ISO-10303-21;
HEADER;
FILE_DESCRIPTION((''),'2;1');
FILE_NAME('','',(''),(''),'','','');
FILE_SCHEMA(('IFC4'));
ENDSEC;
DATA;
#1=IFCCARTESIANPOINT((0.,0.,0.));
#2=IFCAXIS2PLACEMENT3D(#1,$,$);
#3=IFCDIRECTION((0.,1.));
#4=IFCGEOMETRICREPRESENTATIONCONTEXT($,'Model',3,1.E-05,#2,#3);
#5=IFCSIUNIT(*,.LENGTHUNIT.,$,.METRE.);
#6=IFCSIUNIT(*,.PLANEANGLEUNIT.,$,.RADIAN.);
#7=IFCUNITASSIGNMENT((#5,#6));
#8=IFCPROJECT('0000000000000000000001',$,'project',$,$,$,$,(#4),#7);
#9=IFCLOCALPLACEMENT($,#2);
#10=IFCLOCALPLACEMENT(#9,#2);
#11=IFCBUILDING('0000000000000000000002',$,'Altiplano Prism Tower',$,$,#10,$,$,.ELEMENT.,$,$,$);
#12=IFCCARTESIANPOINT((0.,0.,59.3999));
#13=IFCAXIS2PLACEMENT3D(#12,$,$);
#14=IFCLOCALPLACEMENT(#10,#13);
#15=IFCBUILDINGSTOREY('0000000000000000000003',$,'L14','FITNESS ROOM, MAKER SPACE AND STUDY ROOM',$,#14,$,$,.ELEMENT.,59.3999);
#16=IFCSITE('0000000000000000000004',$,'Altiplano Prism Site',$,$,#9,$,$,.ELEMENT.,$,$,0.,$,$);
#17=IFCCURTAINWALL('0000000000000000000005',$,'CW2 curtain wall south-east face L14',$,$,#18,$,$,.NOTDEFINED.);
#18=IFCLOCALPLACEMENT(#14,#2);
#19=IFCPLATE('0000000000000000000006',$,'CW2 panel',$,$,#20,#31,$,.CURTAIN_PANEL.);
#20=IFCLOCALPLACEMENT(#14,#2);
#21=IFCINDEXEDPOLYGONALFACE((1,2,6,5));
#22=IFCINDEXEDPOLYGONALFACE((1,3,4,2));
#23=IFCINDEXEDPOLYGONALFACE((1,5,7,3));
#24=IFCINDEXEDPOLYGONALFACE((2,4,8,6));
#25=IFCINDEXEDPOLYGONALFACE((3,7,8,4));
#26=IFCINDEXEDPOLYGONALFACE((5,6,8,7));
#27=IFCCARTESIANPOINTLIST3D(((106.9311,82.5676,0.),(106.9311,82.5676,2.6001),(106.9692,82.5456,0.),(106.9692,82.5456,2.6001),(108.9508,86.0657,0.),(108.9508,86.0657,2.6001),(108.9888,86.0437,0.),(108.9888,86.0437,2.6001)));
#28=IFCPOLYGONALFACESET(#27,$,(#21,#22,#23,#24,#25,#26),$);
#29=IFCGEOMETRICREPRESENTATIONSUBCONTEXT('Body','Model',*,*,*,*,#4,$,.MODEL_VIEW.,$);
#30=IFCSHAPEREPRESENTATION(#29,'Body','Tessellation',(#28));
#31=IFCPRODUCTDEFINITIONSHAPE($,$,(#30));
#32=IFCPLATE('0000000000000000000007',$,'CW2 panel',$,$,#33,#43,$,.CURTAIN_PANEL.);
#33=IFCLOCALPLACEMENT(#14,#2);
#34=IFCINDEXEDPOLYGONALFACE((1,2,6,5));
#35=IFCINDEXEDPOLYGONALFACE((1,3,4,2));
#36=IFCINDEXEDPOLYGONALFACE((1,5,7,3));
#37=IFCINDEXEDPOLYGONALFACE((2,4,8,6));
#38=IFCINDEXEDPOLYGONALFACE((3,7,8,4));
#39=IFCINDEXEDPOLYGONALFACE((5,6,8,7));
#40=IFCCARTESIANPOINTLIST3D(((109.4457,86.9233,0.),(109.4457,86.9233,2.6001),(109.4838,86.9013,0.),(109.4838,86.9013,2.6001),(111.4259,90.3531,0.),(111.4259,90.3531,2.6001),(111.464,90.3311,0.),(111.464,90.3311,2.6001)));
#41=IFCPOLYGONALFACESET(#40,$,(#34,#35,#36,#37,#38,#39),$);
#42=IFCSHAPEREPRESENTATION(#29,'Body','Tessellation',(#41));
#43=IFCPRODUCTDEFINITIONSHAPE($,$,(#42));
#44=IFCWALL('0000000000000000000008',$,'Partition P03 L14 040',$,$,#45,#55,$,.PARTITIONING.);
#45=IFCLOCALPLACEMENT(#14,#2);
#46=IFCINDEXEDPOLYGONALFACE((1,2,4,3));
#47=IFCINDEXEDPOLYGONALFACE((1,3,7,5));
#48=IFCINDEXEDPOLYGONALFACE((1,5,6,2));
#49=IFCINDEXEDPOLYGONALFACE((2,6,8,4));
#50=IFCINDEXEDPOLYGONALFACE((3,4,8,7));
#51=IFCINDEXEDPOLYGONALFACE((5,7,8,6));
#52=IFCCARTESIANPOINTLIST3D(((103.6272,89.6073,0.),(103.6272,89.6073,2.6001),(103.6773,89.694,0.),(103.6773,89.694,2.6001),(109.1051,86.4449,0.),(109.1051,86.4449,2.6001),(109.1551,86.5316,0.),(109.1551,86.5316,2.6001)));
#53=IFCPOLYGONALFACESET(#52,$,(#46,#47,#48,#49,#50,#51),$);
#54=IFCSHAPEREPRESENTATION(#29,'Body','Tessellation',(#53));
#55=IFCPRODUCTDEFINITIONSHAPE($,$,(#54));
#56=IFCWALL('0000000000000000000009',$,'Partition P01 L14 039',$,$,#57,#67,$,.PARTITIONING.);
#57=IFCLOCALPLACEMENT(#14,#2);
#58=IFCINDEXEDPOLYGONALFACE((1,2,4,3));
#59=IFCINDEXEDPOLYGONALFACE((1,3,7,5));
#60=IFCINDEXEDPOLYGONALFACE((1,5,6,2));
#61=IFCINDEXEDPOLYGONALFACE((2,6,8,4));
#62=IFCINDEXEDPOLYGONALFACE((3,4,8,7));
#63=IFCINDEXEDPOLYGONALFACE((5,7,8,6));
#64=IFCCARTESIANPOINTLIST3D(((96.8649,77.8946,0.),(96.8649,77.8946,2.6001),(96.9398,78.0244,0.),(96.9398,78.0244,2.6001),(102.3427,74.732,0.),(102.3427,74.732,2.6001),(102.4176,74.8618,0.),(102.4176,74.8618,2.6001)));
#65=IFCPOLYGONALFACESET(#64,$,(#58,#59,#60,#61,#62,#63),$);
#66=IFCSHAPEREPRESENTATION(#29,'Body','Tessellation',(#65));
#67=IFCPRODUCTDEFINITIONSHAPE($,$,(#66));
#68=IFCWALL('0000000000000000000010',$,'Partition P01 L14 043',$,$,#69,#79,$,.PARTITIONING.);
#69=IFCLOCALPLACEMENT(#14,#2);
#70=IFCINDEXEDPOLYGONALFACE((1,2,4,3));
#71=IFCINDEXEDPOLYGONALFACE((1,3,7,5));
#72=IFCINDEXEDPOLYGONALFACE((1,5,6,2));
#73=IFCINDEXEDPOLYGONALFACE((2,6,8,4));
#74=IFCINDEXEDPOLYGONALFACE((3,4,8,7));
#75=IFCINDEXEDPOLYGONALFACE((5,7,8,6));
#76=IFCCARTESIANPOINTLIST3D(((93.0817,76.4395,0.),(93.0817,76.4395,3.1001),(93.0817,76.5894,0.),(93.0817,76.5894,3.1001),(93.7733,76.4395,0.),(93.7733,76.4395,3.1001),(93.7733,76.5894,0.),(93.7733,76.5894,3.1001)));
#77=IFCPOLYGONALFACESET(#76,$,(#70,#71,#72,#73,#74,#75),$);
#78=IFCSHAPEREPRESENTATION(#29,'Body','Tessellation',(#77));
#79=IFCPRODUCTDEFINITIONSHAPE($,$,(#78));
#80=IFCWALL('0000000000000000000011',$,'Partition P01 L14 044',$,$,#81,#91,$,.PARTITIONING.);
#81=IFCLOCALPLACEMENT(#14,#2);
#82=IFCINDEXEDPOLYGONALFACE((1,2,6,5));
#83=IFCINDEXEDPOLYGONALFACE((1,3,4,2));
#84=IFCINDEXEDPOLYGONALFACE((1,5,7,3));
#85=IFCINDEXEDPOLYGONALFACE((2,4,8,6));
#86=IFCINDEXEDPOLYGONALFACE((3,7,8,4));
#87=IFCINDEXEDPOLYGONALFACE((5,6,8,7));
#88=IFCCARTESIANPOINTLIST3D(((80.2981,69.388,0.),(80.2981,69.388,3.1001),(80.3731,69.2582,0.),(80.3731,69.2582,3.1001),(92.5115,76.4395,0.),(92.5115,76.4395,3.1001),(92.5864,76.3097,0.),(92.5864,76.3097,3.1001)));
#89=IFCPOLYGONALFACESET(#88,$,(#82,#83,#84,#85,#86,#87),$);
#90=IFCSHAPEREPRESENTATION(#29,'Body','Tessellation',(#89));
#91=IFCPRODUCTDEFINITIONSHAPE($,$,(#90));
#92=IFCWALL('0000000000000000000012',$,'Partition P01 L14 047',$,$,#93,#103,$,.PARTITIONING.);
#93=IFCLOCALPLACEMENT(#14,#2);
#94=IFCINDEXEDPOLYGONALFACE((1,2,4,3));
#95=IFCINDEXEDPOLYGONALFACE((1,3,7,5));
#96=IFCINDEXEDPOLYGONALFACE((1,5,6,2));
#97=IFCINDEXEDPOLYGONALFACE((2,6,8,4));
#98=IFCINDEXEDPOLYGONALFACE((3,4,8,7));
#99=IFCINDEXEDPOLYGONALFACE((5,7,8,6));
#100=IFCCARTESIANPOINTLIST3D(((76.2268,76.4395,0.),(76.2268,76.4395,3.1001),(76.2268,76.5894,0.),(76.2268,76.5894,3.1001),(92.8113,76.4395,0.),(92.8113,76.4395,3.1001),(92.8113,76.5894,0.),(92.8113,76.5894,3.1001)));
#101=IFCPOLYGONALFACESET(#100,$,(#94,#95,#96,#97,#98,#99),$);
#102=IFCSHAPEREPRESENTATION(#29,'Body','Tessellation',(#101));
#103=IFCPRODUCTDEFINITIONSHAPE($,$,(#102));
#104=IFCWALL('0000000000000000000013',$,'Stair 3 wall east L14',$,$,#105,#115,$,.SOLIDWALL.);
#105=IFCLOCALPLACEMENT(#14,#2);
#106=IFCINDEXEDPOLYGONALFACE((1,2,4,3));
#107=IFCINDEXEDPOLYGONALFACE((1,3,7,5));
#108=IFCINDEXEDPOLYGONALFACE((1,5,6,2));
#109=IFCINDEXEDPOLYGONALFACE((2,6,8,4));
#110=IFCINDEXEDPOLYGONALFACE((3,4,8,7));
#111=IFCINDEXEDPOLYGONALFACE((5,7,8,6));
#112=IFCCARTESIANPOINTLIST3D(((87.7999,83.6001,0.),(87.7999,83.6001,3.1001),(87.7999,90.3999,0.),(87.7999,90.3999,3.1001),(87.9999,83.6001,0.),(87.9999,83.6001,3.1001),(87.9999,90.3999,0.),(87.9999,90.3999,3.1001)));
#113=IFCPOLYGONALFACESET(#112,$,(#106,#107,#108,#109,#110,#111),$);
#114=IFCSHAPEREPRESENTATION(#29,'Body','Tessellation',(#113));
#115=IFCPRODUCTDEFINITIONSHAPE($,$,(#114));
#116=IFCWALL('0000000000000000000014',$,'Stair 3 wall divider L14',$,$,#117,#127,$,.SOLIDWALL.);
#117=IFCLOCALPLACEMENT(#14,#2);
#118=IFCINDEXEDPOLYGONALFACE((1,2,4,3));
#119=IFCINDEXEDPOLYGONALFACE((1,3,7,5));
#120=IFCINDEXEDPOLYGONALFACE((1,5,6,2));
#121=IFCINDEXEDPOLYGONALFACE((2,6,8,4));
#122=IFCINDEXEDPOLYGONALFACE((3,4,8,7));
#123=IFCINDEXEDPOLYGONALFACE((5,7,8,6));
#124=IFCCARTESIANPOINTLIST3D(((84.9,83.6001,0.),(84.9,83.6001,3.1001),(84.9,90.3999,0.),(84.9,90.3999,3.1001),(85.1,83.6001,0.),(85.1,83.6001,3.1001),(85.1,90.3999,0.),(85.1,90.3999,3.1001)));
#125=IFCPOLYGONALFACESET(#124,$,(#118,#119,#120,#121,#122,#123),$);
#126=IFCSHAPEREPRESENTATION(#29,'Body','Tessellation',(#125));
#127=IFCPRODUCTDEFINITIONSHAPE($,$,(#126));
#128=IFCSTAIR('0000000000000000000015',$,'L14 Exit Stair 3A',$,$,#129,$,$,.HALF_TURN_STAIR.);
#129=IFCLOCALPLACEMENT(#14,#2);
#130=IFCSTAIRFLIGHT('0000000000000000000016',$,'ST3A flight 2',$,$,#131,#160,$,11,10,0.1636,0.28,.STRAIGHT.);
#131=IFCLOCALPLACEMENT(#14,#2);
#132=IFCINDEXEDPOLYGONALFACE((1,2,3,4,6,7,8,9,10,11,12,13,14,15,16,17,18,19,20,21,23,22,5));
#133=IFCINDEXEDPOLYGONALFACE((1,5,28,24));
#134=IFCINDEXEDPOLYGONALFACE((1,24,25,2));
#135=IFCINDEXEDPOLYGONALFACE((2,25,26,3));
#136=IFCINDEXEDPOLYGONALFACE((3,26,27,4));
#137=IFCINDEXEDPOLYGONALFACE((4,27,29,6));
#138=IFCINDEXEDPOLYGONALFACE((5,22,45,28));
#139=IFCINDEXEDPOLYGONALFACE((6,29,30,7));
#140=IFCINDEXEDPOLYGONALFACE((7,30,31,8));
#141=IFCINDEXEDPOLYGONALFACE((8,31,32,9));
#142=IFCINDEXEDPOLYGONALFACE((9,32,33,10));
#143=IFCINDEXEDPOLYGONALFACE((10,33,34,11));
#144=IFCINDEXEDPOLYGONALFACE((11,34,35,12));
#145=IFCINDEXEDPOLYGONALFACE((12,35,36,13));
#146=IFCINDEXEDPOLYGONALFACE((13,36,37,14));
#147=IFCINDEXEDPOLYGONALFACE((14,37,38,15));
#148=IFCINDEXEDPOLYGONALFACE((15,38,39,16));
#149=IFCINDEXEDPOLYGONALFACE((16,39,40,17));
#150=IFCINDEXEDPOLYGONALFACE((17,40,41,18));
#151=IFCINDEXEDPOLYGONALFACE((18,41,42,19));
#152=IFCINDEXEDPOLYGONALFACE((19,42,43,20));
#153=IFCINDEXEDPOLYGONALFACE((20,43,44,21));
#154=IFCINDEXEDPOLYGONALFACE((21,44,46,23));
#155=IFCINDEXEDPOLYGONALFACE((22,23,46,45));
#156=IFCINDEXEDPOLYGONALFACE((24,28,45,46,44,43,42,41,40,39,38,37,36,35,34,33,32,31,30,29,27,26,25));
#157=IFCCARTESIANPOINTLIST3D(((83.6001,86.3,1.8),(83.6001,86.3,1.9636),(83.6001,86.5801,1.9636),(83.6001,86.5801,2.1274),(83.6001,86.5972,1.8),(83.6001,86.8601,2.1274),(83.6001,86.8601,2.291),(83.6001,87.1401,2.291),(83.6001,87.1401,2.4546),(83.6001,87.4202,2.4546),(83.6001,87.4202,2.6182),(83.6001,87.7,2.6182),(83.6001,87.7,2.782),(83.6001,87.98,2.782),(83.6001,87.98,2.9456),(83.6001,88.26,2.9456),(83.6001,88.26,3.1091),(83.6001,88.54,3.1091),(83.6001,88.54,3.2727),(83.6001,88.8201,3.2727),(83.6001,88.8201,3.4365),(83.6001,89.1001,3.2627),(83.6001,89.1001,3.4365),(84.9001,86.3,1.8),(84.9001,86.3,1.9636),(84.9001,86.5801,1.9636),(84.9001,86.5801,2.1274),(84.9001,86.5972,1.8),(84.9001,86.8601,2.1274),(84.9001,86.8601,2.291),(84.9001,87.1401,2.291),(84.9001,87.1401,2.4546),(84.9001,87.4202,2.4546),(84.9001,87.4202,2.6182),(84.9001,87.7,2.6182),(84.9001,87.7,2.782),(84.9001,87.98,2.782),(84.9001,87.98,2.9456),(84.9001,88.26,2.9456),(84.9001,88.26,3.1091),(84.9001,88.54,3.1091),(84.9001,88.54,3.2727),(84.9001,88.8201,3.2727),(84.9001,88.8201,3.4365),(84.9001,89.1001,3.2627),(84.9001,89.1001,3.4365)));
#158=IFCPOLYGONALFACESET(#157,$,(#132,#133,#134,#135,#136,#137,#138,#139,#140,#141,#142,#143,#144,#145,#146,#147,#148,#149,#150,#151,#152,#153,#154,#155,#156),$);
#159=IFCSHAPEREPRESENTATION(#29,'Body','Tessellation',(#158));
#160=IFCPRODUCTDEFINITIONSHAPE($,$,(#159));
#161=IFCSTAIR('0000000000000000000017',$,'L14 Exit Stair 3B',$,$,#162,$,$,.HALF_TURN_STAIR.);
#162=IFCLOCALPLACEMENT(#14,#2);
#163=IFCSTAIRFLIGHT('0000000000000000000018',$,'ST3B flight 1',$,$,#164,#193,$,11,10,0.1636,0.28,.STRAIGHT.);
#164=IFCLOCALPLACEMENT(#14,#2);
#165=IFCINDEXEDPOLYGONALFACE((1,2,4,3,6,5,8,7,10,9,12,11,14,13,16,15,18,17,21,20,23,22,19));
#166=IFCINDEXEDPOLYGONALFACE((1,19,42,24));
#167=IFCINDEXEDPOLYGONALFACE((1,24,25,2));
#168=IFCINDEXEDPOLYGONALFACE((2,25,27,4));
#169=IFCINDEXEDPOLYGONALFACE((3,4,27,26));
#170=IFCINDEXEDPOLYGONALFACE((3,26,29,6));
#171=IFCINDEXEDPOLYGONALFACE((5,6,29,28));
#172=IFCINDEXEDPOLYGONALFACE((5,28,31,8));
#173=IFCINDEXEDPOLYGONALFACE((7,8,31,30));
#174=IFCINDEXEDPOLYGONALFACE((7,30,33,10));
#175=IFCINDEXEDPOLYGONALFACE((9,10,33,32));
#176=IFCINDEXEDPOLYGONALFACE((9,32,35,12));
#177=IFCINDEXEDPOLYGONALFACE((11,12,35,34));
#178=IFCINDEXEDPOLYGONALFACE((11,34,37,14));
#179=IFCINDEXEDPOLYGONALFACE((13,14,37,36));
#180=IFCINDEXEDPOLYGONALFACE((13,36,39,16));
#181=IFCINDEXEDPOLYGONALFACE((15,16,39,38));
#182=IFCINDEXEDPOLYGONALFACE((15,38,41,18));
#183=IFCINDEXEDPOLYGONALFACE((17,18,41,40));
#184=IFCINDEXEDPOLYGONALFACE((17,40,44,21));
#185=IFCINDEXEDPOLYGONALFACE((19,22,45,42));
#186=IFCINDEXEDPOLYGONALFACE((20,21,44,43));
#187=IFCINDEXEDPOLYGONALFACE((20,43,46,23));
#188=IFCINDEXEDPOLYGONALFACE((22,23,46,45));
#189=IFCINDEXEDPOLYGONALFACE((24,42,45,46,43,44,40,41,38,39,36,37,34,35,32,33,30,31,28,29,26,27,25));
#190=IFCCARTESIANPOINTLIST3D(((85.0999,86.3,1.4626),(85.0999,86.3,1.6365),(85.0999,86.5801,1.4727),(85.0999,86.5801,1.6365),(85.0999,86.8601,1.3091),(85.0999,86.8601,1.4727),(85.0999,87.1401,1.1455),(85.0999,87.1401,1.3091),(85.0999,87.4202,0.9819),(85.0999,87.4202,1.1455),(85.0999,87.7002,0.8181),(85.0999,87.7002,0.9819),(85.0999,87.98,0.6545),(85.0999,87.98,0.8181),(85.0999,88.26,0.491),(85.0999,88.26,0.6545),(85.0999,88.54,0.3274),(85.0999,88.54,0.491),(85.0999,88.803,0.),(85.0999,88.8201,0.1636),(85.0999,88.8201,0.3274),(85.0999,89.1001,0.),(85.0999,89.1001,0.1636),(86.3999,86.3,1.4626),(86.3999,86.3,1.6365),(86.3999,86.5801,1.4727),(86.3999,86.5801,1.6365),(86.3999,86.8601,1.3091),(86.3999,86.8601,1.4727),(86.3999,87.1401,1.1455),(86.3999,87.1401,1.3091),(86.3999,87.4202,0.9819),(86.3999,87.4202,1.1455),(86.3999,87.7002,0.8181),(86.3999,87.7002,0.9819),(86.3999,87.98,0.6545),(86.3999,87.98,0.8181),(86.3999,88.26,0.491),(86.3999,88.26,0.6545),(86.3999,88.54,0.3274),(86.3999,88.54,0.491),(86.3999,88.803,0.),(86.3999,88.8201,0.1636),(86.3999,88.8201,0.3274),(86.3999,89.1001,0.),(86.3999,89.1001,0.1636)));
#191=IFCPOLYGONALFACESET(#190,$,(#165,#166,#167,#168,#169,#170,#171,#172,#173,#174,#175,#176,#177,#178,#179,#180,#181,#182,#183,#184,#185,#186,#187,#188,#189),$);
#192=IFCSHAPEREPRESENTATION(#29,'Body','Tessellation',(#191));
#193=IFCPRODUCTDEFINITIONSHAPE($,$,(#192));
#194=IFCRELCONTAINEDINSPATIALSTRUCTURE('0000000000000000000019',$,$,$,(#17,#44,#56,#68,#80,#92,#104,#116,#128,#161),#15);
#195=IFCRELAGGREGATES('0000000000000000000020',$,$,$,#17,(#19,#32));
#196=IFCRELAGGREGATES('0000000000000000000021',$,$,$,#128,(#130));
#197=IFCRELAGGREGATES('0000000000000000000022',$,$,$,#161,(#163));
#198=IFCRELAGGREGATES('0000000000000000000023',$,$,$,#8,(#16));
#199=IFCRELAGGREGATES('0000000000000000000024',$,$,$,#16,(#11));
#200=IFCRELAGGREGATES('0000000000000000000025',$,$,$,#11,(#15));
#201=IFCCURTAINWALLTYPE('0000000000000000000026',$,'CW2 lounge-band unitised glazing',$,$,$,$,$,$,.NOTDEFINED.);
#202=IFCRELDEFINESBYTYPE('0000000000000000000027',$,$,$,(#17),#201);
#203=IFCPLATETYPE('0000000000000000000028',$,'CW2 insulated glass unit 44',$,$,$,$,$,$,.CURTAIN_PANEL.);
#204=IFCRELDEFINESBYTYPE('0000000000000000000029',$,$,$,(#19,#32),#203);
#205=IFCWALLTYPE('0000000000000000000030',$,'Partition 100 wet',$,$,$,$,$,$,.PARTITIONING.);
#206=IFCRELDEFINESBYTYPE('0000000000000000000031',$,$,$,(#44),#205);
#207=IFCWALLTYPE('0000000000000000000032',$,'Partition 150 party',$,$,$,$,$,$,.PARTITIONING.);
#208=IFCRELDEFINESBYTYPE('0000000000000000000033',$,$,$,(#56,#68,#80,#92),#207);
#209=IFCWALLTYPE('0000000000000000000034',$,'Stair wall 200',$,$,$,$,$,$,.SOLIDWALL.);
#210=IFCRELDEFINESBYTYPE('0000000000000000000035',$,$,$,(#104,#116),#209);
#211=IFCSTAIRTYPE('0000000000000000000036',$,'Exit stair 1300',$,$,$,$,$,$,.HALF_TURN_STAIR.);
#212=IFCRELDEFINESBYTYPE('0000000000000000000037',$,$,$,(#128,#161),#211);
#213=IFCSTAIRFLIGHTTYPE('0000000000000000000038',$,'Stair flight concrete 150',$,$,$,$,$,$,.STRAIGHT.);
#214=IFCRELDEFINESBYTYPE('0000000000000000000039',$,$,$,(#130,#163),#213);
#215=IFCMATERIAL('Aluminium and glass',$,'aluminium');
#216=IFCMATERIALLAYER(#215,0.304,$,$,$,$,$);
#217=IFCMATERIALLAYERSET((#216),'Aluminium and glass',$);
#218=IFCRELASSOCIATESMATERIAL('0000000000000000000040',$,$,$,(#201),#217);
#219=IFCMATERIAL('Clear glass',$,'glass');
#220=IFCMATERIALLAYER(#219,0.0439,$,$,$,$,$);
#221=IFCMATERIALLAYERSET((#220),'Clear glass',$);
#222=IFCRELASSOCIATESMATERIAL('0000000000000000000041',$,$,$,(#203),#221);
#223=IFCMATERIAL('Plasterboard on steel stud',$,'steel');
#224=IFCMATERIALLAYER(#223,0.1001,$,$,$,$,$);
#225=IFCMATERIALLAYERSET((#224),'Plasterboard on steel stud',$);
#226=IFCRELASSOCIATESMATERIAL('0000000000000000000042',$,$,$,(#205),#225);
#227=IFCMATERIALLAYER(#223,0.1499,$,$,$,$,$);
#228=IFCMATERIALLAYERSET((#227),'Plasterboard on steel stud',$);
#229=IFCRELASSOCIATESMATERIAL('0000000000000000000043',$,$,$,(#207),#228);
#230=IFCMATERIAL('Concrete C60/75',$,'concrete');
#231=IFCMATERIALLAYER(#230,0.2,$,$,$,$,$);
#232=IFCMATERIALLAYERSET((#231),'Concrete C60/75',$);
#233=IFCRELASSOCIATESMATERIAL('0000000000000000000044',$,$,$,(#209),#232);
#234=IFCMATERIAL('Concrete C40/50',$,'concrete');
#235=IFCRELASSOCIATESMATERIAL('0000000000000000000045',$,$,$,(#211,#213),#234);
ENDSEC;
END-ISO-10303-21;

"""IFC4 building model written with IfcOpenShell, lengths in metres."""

from ifc_helpers import new_model, si_unit, direction, frame, frame_2d, origin, origin_2d, place, context, subcontext, project, spatial, polyline, rectangle, outline, extrude, material, layer, layer_set, type_object, element, aggregate, save


model = new_model("IFC4")

# Units and contexts
model_context = context("Model", 3, precision=1e-05, world=origin(), true_north=direction((0.0, 1.0)))
body_context = subcontext(model_context, "Body", "Model", "MODEL_VIEW")
ifc_project = project(units=[si_unit("LENGTHUNIT", "METRE"), si_unit("PLANEANGLEUNIT", "RADIAN")], contexts=[model_context])

# Site, building, storey
site_placement = place(None, origin())
site = spatial("IfcSite", under=ifc_project, at=site_placement, Name="Altiplano Prism Site", CompositionType="ELEMENT", RefElevation=0.0)
building_placement = place(site_placement, origin())
building = spatial("IfcBuilding", under=site, at=building_placement, Name="Altiplano Prism Tower", CompositionType="ELEMENT")
storey_placement = place(building_placement, frame((0.0, 0.0, 59.3999)))
storey = spatial("IfcBuildingStorey", under=building, at=storey_placement, Name="L14", Description="FITNESS ROOM, MAKER SPACE AND STUDY ROOM", CompositionType="ELEMENT", Elevation=59.3999)

# Shared definitions
ifc_material_1 = material(Name="Concrete C60/75", Category="concrete")

# Curtain wall
ifc_material_2 = material(Name="Aluminium and glass", Category="aluminium")
ifc_layer_1 = layer(ifc_material_2, 0.304)
ifc_layer_set_1 = layer_set([ifc_layer_1], Name="Aluminium and glass")
curtain_wall_type = type_object("IfcCurtainWallType", Name="CW2 lounge-band unitised glazing", PredefinedType="NOTDEFINED", material=ifc_layer_set_1)
curtain_wall_placement = place(storey_placement, origin())
curtain_wall = element("IfcCurtainWall", 1, at=curtain_wall_placement, inside=storey, type_object=curtain_wall_type, Name="CW2 curtain wall south-east face L14", PredefinedType="NOTDEFINED")

# Plates
ifc_material_3 = material(Name="Clear glass", Category="glass")
ifc_layer_2 = layer(ifc_material_3, 0.0439)
ifc_layer_set_2 = layer_set([ifc_layer_2], Name="Clear glass")
plate_type = type_object("IfcPlateType", Name="CW2 insulated glass unit 44", PredefinedType="CURTAIN_PANEL", material=ifc_layer_set_2)
plate_1_placement = place(storey_placement, frame((107.96, 84.3057, 0.0), z_axis=(0.0, 0.0, 1.0), x_axis=(0.5, 0.866025, 0.0)))
plate_1 = element("IfcPlate", 2, at=plate_1_placement, type_object=plate_type, Name="CW2 panel", PredefinedType="CURTAIN_PANEL", context=body_context, shape_type="SweptSolid", body=[
    extrude(rectangle(XDim=4.0393, YDim=0.0439, at=origin_2d()), origin(), (0.0, 0.0, 1.0), 2.6001),
])
plate_2_placement = place(storey_placement, frame((110.4548, 88.6272, 0.0), z_axis=(0.0, 0.0, 1.0), x_axis=(0.5, 0.866025, 0.0)))
plate_2 = element("IfcPlate", 3, at=plate_2_placement, type_object=plate_type, Name="CW2 panel", PredefinedType="CURTAIN_PANEL", context=body_context, shape_type="SweptSolid", body=[
    extrude(rectangle(XDim=3.9604, YDim=0.0439, at=origin_2d()), origin(), (0.0, 0.0, 1.0), 2.6001),
])
aggregate(curtain_wall, [plate_1, plate_2])

# Walls
ifc_material_4 = material(Name="Plasterboard on steel stud", Category="steel")
ifc_layer_3 = layer(ifc_material_4, 0.1001)
ifc_layer_set_3 = layer_set([ifc_layer_3], Name="Plasterboard on steel stud")
wall_type_1 = type_object("IfcWallType", Name="Partition 100 wet", PredefinedType="PARTITIONING", material=ifc_layer_set_3)
wall_1_placement = place(storey_placement, frame((109.1301, 86.4883, 0.0), z_axis=(0.0, 0.0, 1.0), x_axis=(-0.866042, 0.499971, 0.0)))
element("IfcWall", 4, at=wall_1_placement, inside=storey, type_object=wall_type_1, Name="Partition P03 L14 040", PredefinedType="PARTITIONING", context=body_context, shape_type="SweptSolid", body=[
    extrude(rectangle(XDim=6.3252, YDim=0.1001, at=frame_2d((3.1626, 0.0))), origin(), (0.0, 0.0, 1.0), 2.6001),
])
ifc_layer_4 = layer(ifc_material_4, 0.1499)
ifc_layer_set_4 = layer_set([ifc_layer_4], Name="Plasterboard on steel stud")
wall_type_2 = type_object("IfcWallType", Name="Partition 150 party", PredefinedType="PARTITIONING", material=ifc_layer_set_4)
wall_2_placement = place(storey_placement, frame((102.3801, 74.7969, 0.0), z_axis=(0.0, 0.0, 1.0), x_axis=(-0.866026, 0.5, 0.0)))
element("IfcWall", 5, at=wall_2_placement, inside=storey, type_object=wall_type_2, Name="Partition P01 L14 039", PredefinedType="PARTITIONING", context=body_context, shape_type="SweptSolid", body=[
    extrude(rectangle(XDim=6.3252, YDim=0.1499, at=frame_2d((3.1626, 0.0))), origin(), (0.0, 0.0, 1.0), 2.6001),
])
wall_3_placement = place(storey_placement, frame((93.7732, 76.5144, 0.0), z_axis=(0.0, 0.0, 1.0), x_axis=(-1.0, 0.0, 0.0)))
element("IfcWall", 6, at=wall_3_placement, inside=storey, type_object=wall_type_2, Name="Partition P01 L14 043", PredefinedType="PARTITIONING", context=body_context, shape_type="SweptSolid", body=[
    extrude(rectangle(XDim=0.6917, YDim=0.1499, at=frame_2d((0.3457, 0.0))), origin(), (0.0, 0.0, 1.0), 3.1001),
])
wall_4_placement = place(storey_placement, frame((92.5488, 76.3745, 0.0), z_axis=(0.0, 0.0, 1.0), x_axis=(-0.866022, -0.500006, 0.0)))
element("IfcWall", 7, at=wall_4_placement, inside=storey, type_object=wall_type_2, Name="Partition P01 L14 044", PredefinedType="PARTITIONING", context=body_context, shape_type="SweptSolid", body=[
    extrude(rectangle(XDim=14.1028, YDim=0.1499, at=frame_2d((7.0513, 0.0))), origin(), (0.0, 0.0, 1.0), 3.1001),
])
wall_5_placement = place(storey_placement, frame((92.8113, 76.5144, 0.0), z_axis=(0.0, 0.0, 1.0), x_axis=(-1.0, 0.0, 0.0)))
element("IfcWall", 8, at=wall_5_placement, inside=storey, type_object=wall_type_2, Name="Partition P01 L14 047", PredefinedType="PARTITIONING", context=body_context, shape_type="SweptSolid", body=[
    extrude(rectangle(XDim=16.5845, YDim=0.1499, at=frame_2d((8.2922, 0.0))), origin(), (0.0, 0.0, 1.0), 3.1001),
])
ifc_layer_5 = layer(ifc_material_1, 0.2)
ifc_layer_set_5 = layer_set([ifc_layer_5], Name="Concrete C60/75")
wall_type_3 = type_object("IfcWallType", Name="Stair wall 200", PredefinedType="SOLIDWALL", material=ifc_layer_set_5)
for number, where, z_axis, x_axis, name in (
    (9, (87.8999, 83.6001, 0.0), (0.0, 0.0, 1.0), (0.0, 1.0, 0.0), "Stair 3 wall east L14"),
    (10, (85.0, 83.6001, 0.0), (0.0, 0.0, 1.0), (0.0, 1.0, 0.0), "Stair 3 wall divider L14"),
):
    element("IfcWall", number, at=place(storey_placement, frame(where, z_axis=z_axis, x_axis=x_axis)), inside=storey, type_object=wall_type_3, Name=name, PredefinedType="SOLIDWALL", context=body_context, shape_type="SweptSolid", body=[
        extrude(rectangle(XDim=6.7998, YDim=0.2, at=frame_2d((3.3999, 0.0))), origin(), (0.0, 0.0, 1.0), 3.1001),
    ])

# Stair, stair flight
ifc_material_5 = material(Name="Concrete C40/50", Category="concrete")
stair_type = type_object("IfcStairType", Name="Exit stair 1300", PredefinedType="HALF_TURN_STAIR", material=ifc_material_5)
stair_1_placement = place(storey_placement, origin())
stair_1 = element("IfcStair", 11, at=stair_1_placement, inside=storey, type_object=stair_type, Name="L14 Exit Stair 3A", PredefinedType="HALF_TURN_STAIR")
stair_flight_type = type_object("IfcStairFlightType", Name="Stair flight concrete 150", PredefinedType="STRAIGHT", material=ifc_material_5)
stair_flight_1_placement = place(storey_placement, frame((84.25, 86.3, 1.8), z_axis=(0.0, 0.0, 1.0), x_axis=(0.0, 1.0, 0.0)))
stair_flight_1 = element("IfcStairFlight", 12, at=stair_flight_1_placement, type_object=stair_flight_type, Name="ST3A flight 2", NumberOfRisers=11, NumberOfTreads=10, PredefinedType="STRAIGHT", RiserHeight=0.1636, TreadLength=0.28, context=body_context, shape_type="SweptSolid", body=[
    extrude(outline(polyline([(0.0, 0.0), (0.0, 0.1636), (0.28, 0.1636), (0.28, 0.3274), (0.5601, 0.3274), (0.5601, 0.491), (0.8401, 0.491), (0.8401, 0.6545), (1.1201, 0.6545), (1.1201, 0.8181), (1.3999, 0.8181), (1.3999, 0.9819), (1.6799, 0.9819), (1.6799, 1.1455), (1.96, 1.1455), (1.96, 1.3091), (2.24, 1.3091), (2.24, 1.4727), (2.52, 1.4727), (2.52, 1.6365), (2.8, 1.6365), (2.8, 1.8), (2.8, 1.4626), (0.2971, 0.0), (0.0, 0.0)])), frame((0.0, 0.6499, 0.0), z_axis=(0.0, -1.0, 0.0), x_axis=(1.0, 0.0, 0.0)), (0.0, 0.0, 1.0), 1.3),
])
aggregate(stair_1, [stair_flight_1])

# Stair, stair flight
stair_2_placement = place(storey_placement, origin())
stair_2 = element("IfcStair", 13, at=stair_2_placement, inside=storey, type_object=stair_type, Name="L14 Exit Stair 3B", PredefinedType="HALF_TURN_STAIR")
stair_flight_2_placement = place(storey_placement, frame((85.75, 89.1001, 0.0), z_axis=(0.0, 0.0, 1.0), x_axis=(0.0, -1.0, 0.0)))
stair_flight_2 = element("IfcStairFlight", 14, at=stair_flight_2_placement, type_object=stair_flight_type, Name="ST3B flight 1", NumberOfRisers=11, NumberOfTreads=10, PredefinedType="STRAIGHT", RiserHeight=0.1636, TreadLength=0.28, context=body_context, shape_type="SweptSolid", body=[
    extrude(outline(polyline([(0.0, 0.0), (0.0, 0.1636), (0.28, 0.1636), (0.28, 0.3274), (0.5601, 0.3274), (0.5601, 0.491), (0.8401, 0.491), (0.8401, 0.6545), (1.1201, 0.6545), (1.1201, 0.8181), (1.3999, 0.8181), (1.3999, 0.9819), (1.6799, 0.9819), (1.6799, 1.1455), (1.96, 1.1455), (1.96, 1.3091), (2.24, 1.3091), (2.24, 1.4727), (2.52, 1.4727), (2.52, 1.6365), (2.8, 1.6365), (2.8, 1.8), (2.8, 1.4626), (0.2971, 0.0), (0.0, 0.0)])), frame((0.0, 0.6499, 0.0), z_axis=(0.0, -1.0, 0.0), x_axis=(1.0, 0.0, 0.0)), (0.0, 0.0, 1.0), 1.3),
])
aggregate(stair_2, [stair_flight_2])

save(model, "model.ifc")
